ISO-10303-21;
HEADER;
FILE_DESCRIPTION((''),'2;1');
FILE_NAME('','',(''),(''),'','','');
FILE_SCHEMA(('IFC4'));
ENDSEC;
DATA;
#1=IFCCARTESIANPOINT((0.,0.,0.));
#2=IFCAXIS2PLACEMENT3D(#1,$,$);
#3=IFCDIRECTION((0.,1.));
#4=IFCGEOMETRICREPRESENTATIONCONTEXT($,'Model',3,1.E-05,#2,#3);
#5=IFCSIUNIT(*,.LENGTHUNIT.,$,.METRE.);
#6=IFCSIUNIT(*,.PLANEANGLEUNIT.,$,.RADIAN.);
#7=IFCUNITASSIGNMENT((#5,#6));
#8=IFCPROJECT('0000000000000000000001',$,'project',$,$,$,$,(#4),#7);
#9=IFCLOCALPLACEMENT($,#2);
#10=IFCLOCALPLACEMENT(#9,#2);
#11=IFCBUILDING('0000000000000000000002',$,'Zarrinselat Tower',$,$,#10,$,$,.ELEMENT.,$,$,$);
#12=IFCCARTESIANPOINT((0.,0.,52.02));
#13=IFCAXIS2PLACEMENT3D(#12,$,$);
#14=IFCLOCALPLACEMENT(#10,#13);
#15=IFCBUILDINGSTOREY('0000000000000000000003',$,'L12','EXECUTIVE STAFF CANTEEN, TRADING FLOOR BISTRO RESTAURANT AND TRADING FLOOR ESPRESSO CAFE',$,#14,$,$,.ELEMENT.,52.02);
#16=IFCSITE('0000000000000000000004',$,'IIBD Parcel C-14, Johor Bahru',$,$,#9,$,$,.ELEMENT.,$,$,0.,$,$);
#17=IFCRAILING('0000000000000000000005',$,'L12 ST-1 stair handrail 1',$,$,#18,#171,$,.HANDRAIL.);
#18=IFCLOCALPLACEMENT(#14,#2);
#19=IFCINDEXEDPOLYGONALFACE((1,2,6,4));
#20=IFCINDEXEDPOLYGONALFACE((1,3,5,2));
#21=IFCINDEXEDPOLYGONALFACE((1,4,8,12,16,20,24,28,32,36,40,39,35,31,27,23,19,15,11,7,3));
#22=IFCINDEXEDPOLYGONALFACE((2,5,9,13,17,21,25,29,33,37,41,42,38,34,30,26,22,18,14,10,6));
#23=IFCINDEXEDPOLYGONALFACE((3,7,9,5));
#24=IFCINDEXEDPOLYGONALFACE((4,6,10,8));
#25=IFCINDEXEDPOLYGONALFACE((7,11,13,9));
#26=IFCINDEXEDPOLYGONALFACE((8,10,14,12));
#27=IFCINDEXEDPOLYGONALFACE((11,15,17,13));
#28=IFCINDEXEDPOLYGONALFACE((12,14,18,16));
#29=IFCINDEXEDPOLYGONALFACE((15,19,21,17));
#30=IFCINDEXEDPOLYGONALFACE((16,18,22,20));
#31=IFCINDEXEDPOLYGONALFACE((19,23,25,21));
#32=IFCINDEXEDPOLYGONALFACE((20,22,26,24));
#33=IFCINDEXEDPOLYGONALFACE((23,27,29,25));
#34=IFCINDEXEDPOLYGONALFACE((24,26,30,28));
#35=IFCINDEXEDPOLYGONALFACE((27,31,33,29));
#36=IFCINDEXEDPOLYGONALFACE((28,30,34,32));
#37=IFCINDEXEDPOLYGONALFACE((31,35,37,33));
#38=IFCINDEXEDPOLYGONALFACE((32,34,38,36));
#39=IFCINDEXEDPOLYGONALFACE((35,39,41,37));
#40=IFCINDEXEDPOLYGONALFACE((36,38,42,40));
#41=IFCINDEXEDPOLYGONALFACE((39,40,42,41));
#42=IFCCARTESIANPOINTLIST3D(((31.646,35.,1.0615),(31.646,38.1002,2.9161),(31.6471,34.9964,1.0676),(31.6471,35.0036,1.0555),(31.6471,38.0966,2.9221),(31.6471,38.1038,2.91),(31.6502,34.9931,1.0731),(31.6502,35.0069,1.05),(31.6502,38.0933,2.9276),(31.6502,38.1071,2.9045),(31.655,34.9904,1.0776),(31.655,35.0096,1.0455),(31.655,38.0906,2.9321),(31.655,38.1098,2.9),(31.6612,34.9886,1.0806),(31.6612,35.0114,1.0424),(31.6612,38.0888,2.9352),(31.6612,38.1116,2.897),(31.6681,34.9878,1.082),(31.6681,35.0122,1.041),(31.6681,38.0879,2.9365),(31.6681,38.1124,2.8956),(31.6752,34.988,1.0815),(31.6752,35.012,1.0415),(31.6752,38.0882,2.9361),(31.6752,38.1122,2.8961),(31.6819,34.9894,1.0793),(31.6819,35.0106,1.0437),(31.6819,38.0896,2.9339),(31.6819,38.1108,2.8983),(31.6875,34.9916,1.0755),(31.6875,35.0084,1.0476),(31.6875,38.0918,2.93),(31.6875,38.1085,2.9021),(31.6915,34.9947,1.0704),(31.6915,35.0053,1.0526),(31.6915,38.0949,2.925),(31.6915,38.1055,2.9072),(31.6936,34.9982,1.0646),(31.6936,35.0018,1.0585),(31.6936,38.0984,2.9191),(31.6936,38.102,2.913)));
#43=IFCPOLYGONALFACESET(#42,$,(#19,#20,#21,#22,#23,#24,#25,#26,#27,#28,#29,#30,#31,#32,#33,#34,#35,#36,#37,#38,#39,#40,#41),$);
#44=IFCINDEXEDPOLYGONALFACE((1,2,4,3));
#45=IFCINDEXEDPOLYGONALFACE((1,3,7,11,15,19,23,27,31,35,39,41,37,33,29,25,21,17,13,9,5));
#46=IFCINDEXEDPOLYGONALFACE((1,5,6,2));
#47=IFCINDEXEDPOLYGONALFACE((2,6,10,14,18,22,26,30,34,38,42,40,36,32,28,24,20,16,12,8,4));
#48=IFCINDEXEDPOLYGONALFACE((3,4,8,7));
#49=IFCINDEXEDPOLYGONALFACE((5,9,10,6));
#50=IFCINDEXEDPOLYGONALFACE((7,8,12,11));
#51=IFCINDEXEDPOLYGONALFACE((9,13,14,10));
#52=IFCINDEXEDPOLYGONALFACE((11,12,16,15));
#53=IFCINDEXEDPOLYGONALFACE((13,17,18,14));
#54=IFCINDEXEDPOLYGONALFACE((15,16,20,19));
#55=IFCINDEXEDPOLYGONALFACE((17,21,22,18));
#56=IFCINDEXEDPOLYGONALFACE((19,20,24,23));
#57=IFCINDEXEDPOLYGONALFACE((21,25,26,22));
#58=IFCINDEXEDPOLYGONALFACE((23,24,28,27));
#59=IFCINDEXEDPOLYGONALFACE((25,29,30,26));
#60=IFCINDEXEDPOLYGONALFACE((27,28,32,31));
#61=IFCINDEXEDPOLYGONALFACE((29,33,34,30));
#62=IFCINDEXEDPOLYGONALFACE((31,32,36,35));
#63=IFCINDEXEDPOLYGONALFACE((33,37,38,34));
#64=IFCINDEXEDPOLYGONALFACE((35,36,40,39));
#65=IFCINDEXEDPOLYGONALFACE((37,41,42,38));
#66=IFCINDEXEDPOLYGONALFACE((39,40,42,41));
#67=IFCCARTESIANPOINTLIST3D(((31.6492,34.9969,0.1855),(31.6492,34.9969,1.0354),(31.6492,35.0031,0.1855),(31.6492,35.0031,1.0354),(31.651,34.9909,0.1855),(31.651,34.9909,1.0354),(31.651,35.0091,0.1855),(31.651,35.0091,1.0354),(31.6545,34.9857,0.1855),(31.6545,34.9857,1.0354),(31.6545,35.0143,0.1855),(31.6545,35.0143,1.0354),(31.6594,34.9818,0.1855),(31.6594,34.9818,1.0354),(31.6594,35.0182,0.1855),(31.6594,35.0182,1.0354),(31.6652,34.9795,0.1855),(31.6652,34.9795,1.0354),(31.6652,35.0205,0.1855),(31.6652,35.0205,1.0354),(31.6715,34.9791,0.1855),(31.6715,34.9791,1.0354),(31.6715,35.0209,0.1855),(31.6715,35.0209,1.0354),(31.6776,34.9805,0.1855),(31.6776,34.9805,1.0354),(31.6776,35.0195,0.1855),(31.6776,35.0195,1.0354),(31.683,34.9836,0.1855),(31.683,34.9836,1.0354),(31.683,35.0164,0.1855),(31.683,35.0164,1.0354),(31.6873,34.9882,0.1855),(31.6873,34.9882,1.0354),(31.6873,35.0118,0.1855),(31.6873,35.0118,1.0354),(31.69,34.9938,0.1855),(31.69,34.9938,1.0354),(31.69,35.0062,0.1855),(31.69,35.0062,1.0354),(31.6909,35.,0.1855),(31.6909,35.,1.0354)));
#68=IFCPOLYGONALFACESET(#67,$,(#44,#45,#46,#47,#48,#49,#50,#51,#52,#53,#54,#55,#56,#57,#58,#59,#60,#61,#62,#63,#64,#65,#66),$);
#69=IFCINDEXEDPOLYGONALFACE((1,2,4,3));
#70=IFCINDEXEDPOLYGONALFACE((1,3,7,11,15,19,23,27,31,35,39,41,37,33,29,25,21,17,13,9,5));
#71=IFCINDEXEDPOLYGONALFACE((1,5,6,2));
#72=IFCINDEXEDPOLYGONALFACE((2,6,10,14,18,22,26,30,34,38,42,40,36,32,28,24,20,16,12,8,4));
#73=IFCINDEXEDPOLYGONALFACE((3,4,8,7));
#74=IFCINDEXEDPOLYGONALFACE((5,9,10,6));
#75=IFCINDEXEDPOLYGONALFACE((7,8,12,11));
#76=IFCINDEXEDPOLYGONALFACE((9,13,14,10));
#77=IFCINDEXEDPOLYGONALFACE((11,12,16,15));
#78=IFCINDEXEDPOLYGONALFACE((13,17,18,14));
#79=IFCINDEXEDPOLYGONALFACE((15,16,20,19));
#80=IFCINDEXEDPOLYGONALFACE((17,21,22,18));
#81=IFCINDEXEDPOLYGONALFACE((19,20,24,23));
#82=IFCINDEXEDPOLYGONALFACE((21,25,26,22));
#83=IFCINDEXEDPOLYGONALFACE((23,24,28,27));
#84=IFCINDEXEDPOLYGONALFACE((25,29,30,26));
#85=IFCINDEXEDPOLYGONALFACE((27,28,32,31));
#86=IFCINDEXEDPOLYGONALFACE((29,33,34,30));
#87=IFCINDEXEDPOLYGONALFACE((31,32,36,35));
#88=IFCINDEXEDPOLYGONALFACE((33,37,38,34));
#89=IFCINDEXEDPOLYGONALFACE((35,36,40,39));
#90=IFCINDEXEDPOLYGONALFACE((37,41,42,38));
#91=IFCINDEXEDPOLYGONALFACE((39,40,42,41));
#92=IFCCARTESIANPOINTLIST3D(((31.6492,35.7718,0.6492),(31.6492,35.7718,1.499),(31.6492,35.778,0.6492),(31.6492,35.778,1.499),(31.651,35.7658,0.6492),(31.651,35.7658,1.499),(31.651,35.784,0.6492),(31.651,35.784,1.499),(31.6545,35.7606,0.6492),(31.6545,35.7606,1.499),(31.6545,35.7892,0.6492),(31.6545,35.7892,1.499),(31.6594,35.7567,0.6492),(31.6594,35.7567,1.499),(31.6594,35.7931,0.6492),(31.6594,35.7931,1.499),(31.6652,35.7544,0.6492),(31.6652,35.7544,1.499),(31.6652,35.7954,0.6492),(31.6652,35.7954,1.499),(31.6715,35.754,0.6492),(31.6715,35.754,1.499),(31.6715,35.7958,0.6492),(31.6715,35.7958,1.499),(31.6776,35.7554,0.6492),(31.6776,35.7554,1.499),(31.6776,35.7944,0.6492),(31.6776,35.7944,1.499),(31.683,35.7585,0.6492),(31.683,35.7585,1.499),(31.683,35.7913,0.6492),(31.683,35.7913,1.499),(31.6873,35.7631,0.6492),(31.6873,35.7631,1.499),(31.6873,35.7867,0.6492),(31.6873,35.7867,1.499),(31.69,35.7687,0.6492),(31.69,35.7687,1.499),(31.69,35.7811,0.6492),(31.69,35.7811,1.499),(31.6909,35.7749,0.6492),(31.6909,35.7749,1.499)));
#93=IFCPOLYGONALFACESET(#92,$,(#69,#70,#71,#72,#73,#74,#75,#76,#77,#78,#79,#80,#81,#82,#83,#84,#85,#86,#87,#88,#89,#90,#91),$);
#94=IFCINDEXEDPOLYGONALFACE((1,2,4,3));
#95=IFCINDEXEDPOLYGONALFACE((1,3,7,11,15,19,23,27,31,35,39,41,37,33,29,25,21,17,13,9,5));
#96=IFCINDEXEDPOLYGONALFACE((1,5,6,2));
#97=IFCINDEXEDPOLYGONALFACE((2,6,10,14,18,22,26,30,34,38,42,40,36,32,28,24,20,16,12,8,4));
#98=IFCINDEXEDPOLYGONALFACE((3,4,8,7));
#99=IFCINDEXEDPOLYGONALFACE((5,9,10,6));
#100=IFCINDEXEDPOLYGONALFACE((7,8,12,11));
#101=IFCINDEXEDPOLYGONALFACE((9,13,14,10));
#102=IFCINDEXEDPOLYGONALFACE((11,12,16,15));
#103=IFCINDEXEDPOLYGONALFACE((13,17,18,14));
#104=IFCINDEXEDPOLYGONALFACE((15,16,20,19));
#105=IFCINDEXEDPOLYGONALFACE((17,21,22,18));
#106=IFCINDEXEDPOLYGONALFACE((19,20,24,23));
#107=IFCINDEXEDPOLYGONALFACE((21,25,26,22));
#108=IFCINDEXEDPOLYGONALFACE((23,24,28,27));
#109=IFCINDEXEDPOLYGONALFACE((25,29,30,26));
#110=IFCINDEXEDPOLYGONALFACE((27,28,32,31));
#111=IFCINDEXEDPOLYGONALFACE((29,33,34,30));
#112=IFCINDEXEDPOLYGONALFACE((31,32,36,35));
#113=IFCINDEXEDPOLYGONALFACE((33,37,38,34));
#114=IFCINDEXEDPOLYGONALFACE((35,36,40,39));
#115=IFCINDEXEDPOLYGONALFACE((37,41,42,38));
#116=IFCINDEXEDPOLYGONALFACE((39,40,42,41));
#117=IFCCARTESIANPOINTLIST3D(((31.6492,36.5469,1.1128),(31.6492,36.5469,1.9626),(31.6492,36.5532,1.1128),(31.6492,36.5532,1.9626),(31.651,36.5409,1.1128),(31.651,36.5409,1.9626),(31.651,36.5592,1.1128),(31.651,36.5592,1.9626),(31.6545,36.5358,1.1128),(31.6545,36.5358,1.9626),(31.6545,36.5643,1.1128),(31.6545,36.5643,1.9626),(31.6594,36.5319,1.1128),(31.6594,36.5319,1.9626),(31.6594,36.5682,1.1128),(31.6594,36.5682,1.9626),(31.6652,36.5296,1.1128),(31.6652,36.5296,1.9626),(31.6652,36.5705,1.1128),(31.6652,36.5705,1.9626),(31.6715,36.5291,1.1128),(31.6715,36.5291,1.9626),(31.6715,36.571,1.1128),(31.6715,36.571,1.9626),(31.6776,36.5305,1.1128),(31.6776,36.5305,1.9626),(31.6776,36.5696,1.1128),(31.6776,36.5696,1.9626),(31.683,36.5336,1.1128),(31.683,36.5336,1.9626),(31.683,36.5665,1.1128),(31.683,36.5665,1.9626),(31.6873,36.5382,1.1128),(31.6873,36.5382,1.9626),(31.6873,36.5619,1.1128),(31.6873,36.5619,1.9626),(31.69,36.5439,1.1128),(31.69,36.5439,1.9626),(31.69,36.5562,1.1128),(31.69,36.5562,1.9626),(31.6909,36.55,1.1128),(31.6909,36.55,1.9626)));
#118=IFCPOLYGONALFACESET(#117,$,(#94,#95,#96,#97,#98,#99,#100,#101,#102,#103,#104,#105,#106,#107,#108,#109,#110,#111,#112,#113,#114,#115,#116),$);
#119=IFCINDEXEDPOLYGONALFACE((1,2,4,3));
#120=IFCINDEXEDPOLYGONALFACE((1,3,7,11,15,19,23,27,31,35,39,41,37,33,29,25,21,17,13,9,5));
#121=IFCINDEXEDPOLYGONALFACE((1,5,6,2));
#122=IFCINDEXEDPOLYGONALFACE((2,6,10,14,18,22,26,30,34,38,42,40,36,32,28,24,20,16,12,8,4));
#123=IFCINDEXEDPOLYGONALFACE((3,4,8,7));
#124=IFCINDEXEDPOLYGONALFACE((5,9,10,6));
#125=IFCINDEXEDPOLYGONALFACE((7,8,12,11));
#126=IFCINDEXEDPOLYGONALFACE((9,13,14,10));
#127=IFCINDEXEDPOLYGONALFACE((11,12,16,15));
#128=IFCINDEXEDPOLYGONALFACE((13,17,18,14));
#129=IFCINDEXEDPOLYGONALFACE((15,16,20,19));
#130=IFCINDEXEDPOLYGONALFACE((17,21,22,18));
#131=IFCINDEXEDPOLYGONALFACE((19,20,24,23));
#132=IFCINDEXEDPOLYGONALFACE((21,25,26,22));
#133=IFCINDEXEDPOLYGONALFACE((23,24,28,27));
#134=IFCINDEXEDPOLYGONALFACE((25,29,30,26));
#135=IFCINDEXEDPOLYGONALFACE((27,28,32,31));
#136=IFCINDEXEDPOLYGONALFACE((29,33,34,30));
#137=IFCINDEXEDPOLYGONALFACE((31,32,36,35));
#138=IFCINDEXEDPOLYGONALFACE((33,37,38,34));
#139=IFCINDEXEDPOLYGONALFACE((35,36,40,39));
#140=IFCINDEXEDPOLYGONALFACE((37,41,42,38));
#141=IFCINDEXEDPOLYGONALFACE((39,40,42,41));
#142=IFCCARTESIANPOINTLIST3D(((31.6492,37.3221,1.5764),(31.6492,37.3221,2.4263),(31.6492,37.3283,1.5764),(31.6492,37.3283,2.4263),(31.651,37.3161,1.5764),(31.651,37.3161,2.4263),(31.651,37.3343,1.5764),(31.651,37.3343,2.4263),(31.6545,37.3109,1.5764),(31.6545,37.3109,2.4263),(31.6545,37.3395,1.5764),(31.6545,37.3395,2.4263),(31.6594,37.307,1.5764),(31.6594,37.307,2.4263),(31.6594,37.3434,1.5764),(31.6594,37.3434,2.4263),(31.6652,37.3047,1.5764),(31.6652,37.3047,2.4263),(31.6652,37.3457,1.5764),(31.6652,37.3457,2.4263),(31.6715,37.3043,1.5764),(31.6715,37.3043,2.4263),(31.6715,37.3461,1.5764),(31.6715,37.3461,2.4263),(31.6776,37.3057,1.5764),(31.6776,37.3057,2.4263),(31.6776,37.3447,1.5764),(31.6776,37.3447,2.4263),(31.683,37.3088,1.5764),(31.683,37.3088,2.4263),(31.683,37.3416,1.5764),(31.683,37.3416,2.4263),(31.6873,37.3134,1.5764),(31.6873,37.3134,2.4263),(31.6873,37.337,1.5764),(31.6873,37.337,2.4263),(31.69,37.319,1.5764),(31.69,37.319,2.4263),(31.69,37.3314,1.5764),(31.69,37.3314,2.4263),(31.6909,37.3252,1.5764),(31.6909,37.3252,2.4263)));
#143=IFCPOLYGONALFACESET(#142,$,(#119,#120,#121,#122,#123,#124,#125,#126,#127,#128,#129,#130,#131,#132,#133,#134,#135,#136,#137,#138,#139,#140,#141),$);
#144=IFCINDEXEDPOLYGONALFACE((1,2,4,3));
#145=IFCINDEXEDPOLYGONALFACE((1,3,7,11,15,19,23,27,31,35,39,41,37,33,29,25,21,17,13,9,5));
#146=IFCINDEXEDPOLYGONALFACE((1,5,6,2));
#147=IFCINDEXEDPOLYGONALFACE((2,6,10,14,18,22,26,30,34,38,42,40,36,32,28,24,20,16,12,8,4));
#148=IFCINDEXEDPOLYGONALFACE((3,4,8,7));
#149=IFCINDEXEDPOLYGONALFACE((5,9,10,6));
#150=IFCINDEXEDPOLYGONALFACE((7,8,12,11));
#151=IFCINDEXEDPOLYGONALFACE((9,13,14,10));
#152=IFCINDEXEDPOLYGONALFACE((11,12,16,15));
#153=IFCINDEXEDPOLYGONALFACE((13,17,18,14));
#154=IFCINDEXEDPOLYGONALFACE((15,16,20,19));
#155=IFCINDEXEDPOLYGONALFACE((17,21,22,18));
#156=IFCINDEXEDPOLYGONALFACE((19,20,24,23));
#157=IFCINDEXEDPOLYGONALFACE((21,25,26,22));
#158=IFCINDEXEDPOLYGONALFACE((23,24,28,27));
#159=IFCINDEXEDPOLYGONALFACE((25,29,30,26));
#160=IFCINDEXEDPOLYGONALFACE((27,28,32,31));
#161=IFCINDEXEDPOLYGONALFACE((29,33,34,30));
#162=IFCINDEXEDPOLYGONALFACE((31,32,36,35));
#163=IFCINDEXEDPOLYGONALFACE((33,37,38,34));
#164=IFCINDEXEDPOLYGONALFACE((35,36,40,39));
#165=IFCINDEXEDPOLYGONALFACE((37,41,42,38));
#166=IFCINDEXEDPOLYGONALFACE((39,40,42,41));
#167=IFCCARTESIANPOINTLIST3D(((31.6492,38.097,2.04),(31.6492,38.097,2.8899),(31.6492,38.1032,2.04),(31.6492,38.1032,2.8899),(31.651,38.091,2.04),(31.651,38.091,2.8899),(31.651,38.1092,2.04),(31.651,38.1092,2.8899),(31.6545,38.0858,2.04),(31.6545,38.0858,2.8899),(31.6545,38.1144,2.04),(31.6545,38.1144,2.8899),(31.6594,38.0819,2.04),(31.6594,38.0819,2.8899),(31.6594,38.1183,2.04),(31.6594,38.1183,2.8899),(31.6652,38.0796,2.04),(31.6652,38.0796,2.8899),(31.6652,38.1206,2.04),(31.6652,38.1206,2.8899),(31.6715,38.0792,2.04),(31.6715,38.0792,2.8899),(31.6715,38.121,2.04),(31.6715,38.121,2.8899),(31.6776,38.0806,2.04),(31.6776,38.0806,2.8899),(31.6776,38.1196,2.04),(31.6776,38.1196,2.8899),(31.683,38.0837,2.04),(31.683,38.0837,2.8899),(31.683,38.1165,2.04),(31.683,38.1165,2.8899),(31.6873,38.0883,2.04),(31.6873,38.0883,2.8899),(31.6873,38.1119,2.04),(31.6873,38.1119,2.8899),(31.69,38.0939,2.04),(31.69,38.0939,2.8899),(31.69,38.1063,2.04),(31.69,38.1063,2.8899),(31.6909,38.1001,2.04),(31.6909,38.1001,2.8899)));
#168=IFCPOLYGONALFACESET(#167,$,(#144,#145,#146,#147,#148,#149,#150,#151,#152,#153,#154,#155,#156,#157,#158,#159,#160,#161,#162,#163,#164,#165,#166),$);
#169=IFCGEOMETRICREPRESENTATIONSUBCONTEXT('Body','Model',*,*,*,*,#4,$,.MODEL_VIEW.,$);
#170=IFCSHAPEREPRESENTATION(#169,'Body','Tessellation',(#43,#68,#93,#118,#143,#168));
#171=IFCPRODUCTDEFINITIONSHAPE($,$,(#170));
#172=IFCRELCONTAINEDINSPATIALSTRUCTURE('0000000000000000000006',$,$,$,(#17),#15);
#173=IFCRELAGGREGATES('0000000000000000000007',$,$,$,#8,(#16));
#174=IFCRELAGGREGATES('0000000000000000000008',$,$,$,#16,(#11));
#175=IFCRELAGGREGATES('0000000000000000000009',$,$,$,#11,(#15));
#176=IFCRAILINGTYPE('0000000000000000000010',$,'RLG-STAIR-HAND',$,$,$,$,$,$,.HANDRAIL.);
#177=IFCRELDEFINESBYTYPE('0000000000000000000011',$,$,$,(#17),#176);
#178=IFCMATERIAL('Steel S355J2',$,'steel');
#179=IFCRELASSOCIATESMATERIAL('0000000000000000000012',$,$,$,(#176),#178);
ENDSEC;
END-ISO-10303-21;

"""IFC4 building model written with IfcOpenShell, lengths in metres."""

from ifc_helpers import new_model, si_unit, direction, frame, origin, origin_2d, place, context, subcontext, project, spatial, circle, extrude, material, type_object, element, save


model = new_model("IFC4")

# Units and contexts
model_context = context("Model", 3, precision=1e-05, world=origin(), true_north=direction((0.0, 1.0)))
body_context = subcontext(model_context, "Body", "Model", "MODEL_VIEW")
ifc_project = project(units=[si_unit("LENGTHUNIT", "METRE"), si_unit("PLANEANGLEUNIT", "RADIAN")], contexts=[model_context])

# Site, building, storey
site_placement = place(None, origin())
site = spatial("IfcSite", under=ifc_project, at=site_placement, Name="IIBD Parcel C-14, Johor Bahru", CompositionType="ELEMENT", RefElevation=0.0)
building_placement = place(site_placement, origin())
building = spatial("IfcBuilding", under=site, at=building_placement, Name="Zarrinselat Tower", CompositionType="ELEMENT")
storey_placement = place(building_placement, frame((0.0, 0.0, 52.02)))
storey = spatial("IfcBuildingStorey", under=building, at=storey_placement, Name="L12", Description="EXECUTIVE STAFF CANTEEN, TRADING FLOOR BISTRO RESTAURANT AND TRADING FLOOR ESPRESSO CAFE", CompositionType="ELEMENT", Elevation=52.02)

# Railing
ifc_material_1 = material(Name="Steel S355J2", Category="steel")
railing_type_1 = type_object("IfcRailingType", Name="RLG-STAIR-HAND", PredefinedType="HANDRAIL", material=ifc_material_1)
railing_1_placement = place(storey_placement, frame((31.6699, 35.0, 0.1855)))
element("IfcRailing", 1, at=railing_1_placement, inside=storey, type_object=railing_type_1, Name="L12 ST-1 stair handrail 1", PredefinedType="HANDRAIL", context=body_context, shape_type="SweptSolid", body=[
    extrude(circle(Radius=0.0239, at=origin_2d()), frame((0.0, 0.0, 0.876), z_axis=(0.0, 0.858172, 0.513362), x_axis=(-1.0, 0.0, 0.0)), (0.0, 0.0, 1.0), 3.6125),
    extrude(circle(Radius=0.021, at=origin_2d()), origin(), (0.0, 0.0, 1.0), 0.8499),
    extrude(circle(Radius=0.021, at=origin_2d()), frame((0.0, 0.7749, 0.4636)), (0.0, 0.0, 1.0), 0.8499),
    extrude(circle(Radius=0.021, at=origin_2d()), frame((0.0, 1.55, 0.9272)), (0.0, 0.0, 1.0), 0.8499),
    extrude(circle(Radius=0.021, at=origin_2d()), frame((0.0, 2.3252, 1.3909)), (0.0, 0.0, 1.0), 0.8499),
    extrude(circle(Radius=0.021, at=origin_2d()), frame((0.0, 3.1001, 1.8545)), (0.0, 0.0, 1.0), 0.8499),
])

save(model, "model.ifc")
